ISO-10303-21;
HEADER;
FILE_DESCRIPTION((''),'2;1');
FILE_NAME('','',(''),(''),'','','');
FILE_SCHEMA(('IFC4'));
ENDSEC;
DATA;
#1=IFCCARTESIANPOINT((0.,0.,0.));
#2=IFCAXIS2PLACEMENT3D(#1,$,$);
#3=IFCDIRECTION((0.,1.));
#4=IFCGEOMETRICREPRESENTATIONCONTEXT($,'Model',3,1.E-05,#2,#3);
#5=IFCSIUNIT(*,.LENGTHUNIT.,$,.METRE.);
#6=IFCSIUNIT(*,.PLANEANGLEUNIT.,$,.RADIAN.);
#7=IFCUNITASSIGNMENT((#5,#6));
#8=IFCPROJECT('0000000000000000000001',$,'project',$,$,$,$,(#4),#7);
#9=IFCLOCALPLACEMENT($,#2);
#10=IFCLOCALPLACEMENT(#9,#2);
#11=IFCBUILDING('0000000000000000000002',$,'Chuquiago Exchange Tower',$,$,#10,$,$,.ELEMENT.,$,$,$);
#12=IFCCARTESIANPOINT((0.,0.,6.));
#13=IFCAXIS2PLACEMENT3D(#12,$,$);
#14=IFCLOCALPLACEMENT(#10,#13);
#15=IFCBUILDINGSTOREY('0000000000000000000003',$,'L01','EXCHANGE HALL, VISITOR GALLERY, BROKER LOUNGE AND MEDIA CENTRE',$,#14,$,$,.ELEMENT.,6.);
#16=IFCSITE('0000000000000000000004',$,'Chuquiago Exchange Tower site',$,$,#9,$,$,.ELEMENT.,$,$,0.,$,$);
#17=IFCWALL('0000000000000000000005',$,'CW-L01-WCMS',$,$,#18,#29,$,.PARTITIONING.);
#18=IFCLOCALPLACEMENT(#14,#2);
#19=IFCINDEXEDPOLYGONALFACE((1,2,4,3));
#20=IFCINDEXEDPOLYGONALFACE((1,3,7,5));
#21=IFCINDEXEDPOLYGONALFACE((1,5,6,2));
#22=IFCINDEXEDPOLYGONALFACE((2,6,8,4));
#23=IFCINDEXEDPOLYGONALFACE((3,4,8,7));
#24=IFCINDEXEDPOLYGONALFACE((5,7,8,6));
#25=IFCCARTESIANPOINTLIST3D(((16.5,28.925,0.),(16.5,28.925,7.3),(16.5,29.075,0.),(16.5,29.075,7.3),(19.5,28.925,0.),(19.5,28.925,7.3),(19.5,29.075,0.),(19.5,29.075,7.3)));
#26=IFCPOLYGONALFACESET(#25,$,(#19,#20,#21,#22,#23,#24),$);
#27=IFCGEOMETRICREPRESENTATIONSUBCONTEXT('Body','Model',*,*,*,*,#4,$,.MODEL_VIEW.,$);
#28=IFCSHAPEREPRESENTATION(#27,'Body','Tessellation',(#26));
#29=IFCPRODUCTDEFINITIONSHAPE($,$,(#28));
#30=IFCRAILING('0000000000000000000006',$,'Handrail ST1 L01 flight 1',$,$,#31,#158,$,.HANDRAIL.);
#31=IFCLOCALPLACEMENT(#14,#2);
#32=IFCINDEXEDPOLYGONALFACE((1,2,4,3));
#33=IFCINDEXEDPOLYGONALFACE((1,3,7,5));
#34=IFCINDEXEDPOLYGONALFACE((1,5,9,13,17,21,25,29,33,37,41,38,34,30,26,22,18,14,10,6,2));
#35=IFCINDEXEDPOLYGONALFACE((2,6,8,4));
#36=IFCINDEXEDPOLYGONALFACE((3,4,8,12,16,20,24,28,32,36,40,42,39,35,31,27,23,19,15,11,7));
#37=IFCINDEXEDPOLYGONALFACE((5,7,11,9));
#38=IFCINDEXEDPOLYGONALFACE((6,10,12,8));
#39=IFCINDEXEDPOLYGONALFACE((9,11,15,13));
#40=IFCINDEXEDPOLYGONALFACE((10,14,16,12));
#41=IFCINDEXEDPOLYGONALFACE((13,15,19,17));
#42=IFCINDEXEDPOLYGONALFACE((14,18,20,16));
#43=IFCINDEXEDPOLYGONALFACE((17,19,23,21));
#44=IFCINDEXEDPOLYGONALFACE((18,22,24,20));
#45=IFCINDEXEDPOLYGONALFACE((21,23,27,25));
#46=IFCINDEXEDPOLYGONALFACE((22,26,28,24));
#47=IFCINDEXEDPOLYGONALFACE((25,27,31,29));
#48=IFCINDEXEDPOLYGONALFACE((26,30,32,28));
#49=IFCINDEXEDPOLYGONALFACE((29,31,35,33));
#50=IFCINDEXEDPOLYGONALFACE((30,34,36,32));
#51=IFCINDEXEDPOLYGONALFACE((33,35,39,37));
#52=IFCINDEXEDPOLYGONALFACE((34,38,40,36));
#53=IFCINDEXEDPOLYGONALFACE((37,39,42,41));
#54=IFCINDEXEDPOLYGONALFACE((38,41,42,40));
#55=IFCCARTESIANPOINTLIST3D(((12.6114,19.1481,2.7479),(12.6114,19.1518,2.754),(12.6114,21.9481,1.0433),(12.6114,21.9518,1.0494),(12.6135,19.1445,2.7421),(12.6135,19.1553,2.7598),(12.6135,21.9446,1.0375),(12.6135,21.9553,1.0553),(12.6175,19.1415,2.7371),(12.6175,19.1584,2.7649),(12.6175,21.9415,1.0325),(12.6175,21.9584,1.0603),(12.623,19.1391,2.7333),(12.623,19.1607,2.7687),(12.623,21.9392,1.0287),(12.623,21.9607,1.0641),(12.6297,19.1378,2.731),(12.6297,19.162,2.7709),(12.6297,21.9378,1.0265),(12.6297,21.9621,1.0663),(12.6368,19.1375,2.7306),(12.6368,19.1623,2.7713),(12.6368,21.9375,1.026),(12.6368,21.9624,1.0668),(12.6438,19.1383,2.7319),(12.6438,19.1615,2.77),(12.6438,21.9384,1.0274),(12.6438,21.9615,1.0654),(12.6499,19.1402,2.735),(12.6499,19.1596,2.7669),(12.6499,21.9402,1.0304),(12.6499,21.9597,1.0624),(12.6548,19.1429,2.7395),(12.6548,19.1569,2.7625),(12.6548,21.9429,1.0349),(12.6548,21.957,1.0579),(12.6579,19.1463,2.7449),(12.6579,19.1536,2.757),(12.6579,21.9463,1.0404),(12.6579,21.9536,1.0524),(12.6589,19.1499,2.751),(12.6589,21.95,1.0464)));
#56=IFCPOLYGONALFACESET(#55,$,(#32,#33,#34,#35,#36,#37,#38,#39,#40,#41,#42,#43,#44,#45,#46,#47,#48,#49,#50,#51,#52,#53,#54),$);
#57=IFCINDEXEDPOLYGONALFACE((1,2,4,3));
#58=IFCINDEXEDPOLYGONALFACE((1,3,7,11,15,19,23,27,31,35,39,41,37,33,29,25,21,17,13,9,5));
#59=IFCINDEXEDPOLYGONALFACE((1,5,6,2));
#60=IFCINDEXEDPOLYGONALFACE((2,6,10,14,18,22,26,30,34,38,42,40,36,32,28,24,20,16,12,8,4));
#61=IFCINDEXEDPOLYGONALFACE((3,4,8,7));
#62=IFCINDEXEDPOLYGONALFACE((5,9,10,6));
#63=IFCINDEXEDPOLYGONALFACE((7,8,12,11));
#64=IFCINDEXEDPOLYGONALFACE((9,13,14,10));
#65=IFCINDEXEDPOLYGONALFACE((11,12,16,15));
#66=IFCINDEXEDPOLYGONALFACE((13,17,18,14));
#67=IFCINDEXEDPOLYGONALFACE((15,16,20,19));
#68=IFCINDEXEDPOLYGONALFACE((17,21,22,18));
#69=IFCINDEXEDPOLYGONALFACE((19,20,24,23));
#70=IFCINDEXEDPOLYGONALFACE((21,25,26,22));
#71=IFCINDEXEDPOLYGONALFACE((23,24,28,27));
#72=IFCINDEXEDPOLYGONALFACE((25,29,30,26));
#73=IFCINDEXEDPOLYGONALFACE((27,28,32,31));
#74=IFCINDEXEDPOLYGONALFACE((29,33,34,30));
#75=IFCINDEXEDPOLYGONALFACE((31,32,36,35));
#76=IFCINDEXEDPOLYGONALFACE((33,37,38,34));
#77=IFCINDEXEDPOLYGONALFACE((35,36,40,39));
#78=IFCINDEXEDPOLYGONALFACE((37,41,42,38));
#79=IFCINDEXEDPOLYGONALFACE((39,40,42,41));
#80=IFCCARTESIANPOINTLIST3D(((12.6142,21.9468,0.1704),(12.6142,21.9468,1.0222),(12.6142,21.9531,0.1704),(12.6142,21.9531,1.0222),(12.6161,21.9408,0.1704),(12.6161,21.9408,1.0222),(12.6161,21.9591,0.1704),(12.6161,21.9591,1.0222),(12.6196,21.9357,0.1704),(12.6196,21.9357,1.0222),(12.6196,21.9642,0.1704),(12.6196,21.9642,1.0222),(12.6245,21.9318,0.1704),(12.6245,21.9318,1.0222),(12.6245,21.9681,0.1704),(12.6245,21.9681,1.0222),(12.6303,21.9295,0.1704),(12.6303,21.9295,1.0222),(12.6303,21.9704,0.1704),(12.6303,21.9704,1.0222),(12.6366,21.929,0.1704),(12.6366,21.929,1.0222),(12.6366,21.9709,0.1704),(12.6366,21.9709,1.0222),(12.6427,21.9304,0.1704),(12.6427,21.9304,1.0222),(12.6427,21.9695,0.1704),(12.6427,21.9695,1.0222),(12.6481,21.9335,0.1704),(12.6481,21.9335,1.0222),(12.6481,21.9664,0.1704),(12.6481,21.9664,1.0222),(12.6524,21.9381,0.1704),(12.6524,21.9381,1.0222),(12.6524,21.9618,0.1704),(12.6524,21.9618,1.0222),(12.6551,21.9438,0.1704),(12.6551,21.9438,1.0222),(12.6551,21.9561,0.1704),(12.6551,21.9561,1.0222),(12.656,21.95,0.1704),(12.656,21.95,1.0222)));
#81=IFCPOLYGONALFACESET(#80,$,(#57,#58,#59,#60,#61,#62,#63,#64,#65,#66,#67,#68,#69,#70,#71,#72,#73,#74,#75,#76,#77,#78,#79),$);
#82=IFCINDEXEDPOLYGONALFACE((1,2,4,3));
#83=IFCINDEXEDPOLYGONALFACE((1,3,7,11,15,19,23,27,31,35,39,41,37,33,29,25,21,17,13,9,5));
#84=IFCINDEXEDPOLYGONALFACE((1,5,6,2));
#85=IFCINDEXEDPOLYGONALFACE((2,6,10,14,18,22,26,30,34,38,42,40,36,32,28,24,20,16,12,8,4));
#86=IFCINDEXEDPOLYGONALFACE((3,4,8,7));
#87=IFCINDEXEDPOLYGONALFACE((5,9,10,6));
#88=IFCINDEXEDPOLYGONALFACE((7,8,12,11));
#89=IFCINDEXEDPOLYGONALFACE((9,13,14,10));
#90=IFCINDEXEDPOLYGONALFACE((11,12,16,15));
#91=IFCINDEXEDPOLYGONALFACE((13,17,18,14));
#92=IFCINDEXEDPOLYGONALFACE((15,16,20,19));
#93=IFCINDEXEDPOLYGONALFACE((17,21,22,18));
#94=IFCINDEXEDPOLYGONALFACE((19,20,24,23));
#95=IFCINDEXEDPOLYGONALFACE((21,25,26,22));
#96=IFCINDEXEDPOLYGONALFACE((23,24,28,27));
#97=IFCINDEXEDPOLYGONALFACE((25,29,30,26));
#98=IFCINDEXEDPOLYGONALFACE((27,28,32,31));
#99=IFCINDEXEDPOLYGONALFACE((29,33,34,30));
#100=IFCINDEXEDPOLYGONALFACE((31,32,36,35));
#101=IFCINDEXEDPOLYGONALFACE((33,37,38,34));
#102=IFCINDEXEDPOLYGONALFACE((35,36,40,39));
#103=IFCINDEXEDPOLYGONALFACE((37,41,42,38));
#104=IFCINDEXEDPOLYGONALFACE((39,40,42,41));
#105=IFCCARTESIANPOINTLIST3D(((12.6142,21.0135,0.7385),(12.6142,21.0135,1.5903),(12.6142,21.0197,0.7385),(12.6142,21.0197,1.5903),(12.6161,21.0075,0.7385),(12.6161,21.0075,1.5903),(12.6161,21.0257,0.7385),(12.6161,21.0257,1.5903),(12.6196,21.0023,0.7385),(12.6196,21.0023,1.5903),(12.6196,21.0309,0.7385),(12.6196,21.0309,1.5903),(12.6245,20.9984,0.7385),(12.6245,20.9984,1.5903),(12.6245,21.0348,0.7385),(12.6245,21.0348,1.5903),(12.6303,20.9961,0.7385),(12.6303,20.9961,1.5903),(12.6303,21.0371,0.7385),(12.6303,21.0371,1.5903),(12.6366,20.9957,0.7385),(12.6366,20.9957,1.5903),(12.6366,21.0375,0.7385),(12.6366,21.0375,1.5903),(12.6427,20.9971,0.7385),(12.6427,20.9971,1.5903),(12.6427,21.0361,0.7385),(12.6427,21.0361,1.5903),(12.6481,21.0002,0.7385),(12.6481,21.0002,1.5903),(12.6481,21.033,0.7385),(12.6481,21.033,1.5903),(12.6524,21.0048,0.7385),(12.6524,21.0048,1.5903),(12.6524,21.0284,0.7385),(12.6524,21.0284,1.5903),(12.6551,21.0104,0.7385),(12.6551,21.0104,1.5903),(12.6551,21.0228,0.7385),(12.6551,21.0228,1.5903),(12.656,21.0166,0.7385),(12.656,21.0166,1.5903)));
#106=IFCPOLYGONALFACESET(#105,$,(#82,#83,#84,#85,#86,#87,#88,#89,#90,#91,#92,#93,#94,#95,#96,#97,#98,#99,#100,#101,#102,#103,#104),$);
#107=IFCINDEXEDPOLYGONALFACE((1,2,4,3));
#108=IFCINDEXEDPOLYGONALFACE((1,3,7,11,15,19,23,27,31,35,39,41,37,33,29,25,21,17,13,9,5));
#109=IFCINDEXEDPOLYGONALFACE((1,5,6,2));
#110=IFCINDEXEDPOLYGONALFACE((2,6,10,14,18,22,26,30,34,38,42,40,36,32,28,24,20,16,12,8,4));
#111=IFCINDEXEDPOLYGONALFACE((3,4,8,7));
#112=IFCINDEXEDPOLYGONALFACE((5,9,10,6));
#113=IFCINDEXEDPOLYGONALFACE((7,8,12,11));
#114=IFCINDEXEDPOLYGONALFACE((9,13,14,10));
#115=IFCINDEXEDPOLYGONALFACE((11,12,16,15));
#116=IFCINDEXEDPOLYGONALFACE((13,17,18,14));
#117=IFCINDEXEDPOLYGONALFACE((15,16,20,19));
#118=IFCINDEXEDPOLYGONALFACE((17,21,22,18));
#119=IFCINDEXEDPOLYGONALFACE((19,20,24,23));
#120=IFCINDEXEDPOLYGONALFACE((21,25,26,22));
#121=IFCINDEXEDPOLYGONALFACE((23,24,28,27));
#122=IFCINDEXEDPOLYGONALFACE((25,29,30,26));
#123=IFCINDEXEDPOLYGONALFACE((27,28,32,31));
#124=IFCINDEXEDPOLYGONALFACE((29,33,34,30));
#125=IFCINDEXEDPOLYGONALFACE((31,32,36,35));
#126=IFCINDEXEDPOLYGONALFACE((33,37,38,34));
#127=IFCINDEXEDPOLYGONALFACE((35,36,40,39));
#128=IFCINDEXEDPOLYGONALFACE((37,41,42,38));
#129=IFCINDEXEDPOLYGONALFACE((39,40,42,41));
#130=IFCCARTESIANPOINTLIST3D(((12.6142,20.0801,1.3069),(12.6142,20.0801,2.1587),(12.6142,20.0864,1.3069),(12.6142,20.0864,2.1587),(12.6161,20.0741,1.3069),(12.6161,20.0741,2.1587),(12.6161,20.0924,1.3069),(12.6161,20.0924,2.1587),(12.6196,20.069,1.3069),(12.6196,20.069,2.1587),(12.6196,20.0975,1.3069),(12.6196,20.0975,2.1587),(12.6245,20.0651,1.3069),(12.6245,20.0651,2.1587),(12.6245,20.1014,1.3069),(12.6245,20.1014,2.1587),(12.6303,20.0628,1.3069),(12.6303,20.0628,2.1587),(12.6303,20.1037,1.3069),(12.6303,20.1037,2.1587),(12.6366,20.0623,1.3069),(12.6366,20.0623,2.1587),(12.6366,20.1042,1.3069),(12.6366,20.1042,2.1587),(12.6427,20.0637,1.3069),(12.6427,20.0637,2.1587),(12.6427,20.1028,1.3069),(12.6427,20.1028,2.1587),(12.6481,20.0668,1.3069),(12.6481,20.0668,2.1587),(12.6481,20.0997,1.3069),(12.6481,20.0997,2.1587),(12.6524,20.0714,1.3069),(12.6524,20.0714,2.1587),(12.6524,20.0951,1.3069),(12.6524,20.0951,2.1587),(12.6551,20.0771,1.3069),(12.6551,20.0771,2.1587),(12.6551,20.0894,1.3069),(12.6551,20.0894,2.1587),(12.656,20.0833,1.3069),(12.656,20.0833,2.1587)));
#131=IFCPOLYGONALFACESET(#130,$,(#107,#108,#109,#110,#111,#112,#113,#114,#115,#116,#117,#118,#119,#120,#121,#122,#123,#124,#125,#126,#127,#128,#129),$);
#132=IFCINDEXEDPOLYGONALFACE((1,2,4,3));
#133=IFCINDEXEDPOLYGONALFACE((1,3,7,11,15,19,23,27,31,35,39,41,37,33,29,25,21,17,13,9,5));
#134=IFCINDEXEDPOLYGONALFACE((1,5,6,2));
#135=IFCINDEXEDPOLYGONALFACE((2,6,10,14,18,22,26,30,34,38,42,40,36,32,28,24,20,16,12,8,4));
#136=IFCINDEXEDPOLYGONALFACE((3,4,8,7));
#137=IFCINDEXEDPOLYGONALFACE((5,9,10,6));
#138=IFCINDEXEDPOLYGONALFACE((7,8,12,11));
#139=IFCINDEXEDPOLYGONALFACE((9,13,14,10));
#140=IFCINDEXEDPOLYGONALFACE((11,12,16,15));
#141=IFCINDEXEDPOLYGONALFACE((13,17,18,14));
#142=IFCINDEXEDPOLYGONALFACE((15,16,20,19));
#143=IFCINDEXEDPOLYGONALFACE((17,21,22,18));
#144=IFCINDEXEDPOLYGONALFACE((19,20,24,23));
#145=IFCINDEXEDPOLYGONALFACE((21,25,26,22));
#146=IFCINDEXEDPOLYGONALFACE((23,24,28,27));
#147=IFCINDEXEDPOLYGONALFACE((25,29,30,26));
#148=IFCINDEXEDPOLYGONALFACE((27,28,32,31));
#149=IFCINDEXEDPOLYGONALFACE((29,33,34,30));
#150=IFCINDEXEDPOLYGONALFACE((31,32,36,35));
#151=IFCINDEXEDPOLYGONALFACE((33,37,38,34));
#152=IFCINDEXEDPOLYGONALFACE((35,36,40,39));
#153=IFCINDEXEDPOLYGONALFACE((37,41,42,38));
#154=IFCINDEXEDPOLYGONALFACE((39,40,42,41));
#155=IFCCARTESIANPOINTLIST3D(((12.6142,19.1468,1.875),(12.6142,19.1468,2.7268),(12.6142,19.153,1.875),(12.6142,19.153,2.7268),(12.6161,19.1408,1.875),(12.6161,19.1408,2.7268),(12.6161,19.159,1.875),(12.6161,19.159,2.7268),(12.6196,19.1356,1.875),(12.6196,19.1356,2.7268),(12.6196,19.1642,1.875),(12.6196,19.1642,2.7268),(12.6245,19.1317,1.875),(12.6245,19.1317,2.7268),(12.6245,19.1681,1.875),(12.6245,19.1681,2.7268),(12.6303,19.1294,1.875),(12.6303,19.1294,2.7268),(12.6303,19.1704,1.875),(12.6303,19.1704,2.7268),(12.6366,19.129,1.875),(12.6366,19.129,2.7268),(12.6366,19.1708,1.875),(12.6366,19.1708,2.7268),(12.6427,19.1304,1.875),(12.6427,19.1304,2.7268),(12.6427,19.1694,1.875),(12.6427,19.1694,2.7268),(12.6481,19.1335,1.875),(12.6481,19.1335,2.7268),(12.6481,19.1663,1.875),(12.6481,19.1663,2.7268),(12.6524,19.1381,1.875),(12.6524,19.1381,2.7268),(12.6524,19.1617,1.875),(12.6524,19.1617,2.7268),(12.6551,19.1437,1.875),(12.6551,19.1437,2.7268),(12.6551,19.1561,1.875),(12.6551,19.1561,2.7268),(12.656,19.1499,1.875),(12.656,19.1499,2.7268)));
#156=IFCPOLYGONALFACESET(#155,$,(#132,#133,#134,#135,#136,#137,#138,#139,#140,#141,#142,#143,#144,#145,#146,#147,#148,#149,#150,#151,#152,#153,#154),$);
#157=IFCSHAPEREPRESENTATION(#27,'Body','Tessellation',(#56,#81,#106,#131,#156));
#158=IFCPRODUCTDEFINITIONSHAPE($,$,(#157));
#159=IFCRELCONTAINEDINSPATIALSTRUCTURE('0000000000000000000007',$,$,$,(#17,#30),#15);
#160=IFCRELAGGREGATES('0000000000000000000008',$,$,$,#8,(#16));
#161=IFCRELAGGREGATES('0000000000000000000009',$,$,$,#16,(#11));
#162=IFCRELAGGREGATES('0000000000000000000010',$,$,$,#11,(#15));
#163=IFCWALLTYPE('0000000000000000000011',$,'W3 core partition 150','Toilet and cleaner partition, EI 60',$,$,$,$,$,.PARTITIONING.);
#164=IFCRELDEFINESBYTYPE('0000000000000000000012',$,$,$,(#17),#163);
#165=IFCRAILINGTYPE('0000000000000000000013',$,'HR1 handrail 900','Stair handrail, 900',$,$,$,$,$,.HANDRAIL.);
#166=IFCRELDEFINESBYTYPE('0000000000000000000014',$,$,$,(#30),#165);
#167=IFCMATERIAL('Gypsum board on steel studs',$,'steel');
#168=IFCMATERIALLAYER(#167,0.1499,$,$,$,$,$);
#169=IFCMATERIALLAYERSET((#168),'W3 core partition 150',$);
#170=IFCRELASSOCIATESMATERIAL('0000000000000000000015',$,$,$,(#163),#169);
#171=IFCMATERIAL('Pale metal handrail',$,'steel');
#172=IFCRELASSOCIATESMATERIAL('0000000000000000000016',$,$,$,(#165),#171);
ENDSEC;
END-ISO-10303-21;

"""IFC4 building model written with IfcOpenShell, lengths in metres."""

from ifc_helpers import new_model, si_unit, direction, frame, frame_2d, origin, origin_2d, place, context, subcontext, project, spatial, rectangle, circle, extrude, material, layer, layer_set, type_object, element, save


model = new_model("IFC4")

# Units and contexts
model_context = context("Model", 3, precision=1e-05, world=origin(), true_north=direction((0.0, 1.0)))
body_context = subcontext(model_context, "Body", "Model", "MODEL_VIEW")
ifc_project = project(units=[si_unit("LENGTHUNIT", "METRE"), si_unit("PLANEANGLEUNIT", "RADIAN")], contexts=[model_context])

# Site, building, storey
site_placement = place(None, origin())
site = spatial("IfcSite", under=ifc_project, at=site_placement, Name="Chuquiago Exchange Tower site", CompositionType="ELEMENT", RefElevation=0.0)
building_placement = place(site_placement, origin())
building = spatial("IfcBuilding", under=site, at=building_placement, Name="Chuquiago Exchange Tower", CompositionType="ELEMENT")
storey_placement = place(building_placement, frame((0.0, 0.0, 6.0)))
storey = spatial("IfcBuildingStorey", under=building, at=storey_placement, Name="L01", Description="EXCHANGE HALL, VISITOR GALLERY, BROKER LOUNGE AND MEDIA CENTRE", CompositionType="ELEMENT", Elevation=6.0)

# Wall
ifc_material_1 = material(Name="Gypsum board on steel studs", Category="steel")
ifc_layer_1 = layer(ifc_material_1, 0.1499)
ifc_layer_set_1 = layer_set([ifc_layer_1], Name="W3 core partition 150")
wall_type_1 = type_object("IfcWallType", Name="W3 core partition 150", Description="Toilet and cleaner partition, EI 60", PredefinedType="PARTITIONING", material=ifc_layer_set_1)
wall_1_placement = place(storey_placement, frame((16.5, 29.0, 0.0), z_axis=(0.0, 0.0, 1.0), x_axis=(1.0, 0.0, 0.0)))
element("IfcWall", 1, at=wall_1_placement, inside=storey, type_object=wall_type_1, Name="CW-L01-WCMS", PredefinedType="PARTITIONING", context=body_context, shape_type="SweptSolid", body=[
    extrude(rectangle(XDim=3.0, YDim=0.1499, at=frame_2d((1.5, 0.0))), origin(), (0.0, 0.0, 1.0), 7.3),
])

# Railing
ifc_material_2 = material(Name="Pale metal handrail", Category="steel")
railing_type = type_object("IfcRailingType", Name="HR1 handrail 900", Description="Stair handrail, 900", PredefinedType="HANDRAIL", material=ifc_material_2)
for number, where, name in (
    (2, (12.635, 21.95, 0.1704), "Handrail ST1 L01 flight 1"),
):
    element("IfcRailing", number, at=place(storey_placement, frame(where)), inside=storey, type_object=railing_type, Name=name, PredefinedType="HANDRAIL", context=body_context, shape_type="SweptSolid", body=[
        extrude(circle(Radius=0.0239, at=origin_2d()), frame((0.0, 0.0, 0.876), z_axis=(0.0, -0.85417, 0.519994), x_axis=(1.0, 0.0, 0.0)), (0.0, 0.0, 1.0), 3.2781),
        extrude(circle(Radius=0.021, at=origin_2d()), origin(), (0.0, 0.0, 1.0), 0.8518),
        extrude(circle(Radius=0.021, at=origin_2d()), frame((0.0, -0.9333, 0.5681)), (0.0, 0.0, 1.0), 0.8518),
        extrude(circle(Radius=0.021, at=origin_2d()), frame((0.0, -1.8667, 1.1365)), (0.0, 0.0, 1.0), 0.8518),
        extrude(circle(Radius=0.021, at=origin_2d()), frame((0.0, -2.8, 1.7046)), (0.0, 0.0, 1.0), 0.8518),
    ])

save(model, "model.ifc")
